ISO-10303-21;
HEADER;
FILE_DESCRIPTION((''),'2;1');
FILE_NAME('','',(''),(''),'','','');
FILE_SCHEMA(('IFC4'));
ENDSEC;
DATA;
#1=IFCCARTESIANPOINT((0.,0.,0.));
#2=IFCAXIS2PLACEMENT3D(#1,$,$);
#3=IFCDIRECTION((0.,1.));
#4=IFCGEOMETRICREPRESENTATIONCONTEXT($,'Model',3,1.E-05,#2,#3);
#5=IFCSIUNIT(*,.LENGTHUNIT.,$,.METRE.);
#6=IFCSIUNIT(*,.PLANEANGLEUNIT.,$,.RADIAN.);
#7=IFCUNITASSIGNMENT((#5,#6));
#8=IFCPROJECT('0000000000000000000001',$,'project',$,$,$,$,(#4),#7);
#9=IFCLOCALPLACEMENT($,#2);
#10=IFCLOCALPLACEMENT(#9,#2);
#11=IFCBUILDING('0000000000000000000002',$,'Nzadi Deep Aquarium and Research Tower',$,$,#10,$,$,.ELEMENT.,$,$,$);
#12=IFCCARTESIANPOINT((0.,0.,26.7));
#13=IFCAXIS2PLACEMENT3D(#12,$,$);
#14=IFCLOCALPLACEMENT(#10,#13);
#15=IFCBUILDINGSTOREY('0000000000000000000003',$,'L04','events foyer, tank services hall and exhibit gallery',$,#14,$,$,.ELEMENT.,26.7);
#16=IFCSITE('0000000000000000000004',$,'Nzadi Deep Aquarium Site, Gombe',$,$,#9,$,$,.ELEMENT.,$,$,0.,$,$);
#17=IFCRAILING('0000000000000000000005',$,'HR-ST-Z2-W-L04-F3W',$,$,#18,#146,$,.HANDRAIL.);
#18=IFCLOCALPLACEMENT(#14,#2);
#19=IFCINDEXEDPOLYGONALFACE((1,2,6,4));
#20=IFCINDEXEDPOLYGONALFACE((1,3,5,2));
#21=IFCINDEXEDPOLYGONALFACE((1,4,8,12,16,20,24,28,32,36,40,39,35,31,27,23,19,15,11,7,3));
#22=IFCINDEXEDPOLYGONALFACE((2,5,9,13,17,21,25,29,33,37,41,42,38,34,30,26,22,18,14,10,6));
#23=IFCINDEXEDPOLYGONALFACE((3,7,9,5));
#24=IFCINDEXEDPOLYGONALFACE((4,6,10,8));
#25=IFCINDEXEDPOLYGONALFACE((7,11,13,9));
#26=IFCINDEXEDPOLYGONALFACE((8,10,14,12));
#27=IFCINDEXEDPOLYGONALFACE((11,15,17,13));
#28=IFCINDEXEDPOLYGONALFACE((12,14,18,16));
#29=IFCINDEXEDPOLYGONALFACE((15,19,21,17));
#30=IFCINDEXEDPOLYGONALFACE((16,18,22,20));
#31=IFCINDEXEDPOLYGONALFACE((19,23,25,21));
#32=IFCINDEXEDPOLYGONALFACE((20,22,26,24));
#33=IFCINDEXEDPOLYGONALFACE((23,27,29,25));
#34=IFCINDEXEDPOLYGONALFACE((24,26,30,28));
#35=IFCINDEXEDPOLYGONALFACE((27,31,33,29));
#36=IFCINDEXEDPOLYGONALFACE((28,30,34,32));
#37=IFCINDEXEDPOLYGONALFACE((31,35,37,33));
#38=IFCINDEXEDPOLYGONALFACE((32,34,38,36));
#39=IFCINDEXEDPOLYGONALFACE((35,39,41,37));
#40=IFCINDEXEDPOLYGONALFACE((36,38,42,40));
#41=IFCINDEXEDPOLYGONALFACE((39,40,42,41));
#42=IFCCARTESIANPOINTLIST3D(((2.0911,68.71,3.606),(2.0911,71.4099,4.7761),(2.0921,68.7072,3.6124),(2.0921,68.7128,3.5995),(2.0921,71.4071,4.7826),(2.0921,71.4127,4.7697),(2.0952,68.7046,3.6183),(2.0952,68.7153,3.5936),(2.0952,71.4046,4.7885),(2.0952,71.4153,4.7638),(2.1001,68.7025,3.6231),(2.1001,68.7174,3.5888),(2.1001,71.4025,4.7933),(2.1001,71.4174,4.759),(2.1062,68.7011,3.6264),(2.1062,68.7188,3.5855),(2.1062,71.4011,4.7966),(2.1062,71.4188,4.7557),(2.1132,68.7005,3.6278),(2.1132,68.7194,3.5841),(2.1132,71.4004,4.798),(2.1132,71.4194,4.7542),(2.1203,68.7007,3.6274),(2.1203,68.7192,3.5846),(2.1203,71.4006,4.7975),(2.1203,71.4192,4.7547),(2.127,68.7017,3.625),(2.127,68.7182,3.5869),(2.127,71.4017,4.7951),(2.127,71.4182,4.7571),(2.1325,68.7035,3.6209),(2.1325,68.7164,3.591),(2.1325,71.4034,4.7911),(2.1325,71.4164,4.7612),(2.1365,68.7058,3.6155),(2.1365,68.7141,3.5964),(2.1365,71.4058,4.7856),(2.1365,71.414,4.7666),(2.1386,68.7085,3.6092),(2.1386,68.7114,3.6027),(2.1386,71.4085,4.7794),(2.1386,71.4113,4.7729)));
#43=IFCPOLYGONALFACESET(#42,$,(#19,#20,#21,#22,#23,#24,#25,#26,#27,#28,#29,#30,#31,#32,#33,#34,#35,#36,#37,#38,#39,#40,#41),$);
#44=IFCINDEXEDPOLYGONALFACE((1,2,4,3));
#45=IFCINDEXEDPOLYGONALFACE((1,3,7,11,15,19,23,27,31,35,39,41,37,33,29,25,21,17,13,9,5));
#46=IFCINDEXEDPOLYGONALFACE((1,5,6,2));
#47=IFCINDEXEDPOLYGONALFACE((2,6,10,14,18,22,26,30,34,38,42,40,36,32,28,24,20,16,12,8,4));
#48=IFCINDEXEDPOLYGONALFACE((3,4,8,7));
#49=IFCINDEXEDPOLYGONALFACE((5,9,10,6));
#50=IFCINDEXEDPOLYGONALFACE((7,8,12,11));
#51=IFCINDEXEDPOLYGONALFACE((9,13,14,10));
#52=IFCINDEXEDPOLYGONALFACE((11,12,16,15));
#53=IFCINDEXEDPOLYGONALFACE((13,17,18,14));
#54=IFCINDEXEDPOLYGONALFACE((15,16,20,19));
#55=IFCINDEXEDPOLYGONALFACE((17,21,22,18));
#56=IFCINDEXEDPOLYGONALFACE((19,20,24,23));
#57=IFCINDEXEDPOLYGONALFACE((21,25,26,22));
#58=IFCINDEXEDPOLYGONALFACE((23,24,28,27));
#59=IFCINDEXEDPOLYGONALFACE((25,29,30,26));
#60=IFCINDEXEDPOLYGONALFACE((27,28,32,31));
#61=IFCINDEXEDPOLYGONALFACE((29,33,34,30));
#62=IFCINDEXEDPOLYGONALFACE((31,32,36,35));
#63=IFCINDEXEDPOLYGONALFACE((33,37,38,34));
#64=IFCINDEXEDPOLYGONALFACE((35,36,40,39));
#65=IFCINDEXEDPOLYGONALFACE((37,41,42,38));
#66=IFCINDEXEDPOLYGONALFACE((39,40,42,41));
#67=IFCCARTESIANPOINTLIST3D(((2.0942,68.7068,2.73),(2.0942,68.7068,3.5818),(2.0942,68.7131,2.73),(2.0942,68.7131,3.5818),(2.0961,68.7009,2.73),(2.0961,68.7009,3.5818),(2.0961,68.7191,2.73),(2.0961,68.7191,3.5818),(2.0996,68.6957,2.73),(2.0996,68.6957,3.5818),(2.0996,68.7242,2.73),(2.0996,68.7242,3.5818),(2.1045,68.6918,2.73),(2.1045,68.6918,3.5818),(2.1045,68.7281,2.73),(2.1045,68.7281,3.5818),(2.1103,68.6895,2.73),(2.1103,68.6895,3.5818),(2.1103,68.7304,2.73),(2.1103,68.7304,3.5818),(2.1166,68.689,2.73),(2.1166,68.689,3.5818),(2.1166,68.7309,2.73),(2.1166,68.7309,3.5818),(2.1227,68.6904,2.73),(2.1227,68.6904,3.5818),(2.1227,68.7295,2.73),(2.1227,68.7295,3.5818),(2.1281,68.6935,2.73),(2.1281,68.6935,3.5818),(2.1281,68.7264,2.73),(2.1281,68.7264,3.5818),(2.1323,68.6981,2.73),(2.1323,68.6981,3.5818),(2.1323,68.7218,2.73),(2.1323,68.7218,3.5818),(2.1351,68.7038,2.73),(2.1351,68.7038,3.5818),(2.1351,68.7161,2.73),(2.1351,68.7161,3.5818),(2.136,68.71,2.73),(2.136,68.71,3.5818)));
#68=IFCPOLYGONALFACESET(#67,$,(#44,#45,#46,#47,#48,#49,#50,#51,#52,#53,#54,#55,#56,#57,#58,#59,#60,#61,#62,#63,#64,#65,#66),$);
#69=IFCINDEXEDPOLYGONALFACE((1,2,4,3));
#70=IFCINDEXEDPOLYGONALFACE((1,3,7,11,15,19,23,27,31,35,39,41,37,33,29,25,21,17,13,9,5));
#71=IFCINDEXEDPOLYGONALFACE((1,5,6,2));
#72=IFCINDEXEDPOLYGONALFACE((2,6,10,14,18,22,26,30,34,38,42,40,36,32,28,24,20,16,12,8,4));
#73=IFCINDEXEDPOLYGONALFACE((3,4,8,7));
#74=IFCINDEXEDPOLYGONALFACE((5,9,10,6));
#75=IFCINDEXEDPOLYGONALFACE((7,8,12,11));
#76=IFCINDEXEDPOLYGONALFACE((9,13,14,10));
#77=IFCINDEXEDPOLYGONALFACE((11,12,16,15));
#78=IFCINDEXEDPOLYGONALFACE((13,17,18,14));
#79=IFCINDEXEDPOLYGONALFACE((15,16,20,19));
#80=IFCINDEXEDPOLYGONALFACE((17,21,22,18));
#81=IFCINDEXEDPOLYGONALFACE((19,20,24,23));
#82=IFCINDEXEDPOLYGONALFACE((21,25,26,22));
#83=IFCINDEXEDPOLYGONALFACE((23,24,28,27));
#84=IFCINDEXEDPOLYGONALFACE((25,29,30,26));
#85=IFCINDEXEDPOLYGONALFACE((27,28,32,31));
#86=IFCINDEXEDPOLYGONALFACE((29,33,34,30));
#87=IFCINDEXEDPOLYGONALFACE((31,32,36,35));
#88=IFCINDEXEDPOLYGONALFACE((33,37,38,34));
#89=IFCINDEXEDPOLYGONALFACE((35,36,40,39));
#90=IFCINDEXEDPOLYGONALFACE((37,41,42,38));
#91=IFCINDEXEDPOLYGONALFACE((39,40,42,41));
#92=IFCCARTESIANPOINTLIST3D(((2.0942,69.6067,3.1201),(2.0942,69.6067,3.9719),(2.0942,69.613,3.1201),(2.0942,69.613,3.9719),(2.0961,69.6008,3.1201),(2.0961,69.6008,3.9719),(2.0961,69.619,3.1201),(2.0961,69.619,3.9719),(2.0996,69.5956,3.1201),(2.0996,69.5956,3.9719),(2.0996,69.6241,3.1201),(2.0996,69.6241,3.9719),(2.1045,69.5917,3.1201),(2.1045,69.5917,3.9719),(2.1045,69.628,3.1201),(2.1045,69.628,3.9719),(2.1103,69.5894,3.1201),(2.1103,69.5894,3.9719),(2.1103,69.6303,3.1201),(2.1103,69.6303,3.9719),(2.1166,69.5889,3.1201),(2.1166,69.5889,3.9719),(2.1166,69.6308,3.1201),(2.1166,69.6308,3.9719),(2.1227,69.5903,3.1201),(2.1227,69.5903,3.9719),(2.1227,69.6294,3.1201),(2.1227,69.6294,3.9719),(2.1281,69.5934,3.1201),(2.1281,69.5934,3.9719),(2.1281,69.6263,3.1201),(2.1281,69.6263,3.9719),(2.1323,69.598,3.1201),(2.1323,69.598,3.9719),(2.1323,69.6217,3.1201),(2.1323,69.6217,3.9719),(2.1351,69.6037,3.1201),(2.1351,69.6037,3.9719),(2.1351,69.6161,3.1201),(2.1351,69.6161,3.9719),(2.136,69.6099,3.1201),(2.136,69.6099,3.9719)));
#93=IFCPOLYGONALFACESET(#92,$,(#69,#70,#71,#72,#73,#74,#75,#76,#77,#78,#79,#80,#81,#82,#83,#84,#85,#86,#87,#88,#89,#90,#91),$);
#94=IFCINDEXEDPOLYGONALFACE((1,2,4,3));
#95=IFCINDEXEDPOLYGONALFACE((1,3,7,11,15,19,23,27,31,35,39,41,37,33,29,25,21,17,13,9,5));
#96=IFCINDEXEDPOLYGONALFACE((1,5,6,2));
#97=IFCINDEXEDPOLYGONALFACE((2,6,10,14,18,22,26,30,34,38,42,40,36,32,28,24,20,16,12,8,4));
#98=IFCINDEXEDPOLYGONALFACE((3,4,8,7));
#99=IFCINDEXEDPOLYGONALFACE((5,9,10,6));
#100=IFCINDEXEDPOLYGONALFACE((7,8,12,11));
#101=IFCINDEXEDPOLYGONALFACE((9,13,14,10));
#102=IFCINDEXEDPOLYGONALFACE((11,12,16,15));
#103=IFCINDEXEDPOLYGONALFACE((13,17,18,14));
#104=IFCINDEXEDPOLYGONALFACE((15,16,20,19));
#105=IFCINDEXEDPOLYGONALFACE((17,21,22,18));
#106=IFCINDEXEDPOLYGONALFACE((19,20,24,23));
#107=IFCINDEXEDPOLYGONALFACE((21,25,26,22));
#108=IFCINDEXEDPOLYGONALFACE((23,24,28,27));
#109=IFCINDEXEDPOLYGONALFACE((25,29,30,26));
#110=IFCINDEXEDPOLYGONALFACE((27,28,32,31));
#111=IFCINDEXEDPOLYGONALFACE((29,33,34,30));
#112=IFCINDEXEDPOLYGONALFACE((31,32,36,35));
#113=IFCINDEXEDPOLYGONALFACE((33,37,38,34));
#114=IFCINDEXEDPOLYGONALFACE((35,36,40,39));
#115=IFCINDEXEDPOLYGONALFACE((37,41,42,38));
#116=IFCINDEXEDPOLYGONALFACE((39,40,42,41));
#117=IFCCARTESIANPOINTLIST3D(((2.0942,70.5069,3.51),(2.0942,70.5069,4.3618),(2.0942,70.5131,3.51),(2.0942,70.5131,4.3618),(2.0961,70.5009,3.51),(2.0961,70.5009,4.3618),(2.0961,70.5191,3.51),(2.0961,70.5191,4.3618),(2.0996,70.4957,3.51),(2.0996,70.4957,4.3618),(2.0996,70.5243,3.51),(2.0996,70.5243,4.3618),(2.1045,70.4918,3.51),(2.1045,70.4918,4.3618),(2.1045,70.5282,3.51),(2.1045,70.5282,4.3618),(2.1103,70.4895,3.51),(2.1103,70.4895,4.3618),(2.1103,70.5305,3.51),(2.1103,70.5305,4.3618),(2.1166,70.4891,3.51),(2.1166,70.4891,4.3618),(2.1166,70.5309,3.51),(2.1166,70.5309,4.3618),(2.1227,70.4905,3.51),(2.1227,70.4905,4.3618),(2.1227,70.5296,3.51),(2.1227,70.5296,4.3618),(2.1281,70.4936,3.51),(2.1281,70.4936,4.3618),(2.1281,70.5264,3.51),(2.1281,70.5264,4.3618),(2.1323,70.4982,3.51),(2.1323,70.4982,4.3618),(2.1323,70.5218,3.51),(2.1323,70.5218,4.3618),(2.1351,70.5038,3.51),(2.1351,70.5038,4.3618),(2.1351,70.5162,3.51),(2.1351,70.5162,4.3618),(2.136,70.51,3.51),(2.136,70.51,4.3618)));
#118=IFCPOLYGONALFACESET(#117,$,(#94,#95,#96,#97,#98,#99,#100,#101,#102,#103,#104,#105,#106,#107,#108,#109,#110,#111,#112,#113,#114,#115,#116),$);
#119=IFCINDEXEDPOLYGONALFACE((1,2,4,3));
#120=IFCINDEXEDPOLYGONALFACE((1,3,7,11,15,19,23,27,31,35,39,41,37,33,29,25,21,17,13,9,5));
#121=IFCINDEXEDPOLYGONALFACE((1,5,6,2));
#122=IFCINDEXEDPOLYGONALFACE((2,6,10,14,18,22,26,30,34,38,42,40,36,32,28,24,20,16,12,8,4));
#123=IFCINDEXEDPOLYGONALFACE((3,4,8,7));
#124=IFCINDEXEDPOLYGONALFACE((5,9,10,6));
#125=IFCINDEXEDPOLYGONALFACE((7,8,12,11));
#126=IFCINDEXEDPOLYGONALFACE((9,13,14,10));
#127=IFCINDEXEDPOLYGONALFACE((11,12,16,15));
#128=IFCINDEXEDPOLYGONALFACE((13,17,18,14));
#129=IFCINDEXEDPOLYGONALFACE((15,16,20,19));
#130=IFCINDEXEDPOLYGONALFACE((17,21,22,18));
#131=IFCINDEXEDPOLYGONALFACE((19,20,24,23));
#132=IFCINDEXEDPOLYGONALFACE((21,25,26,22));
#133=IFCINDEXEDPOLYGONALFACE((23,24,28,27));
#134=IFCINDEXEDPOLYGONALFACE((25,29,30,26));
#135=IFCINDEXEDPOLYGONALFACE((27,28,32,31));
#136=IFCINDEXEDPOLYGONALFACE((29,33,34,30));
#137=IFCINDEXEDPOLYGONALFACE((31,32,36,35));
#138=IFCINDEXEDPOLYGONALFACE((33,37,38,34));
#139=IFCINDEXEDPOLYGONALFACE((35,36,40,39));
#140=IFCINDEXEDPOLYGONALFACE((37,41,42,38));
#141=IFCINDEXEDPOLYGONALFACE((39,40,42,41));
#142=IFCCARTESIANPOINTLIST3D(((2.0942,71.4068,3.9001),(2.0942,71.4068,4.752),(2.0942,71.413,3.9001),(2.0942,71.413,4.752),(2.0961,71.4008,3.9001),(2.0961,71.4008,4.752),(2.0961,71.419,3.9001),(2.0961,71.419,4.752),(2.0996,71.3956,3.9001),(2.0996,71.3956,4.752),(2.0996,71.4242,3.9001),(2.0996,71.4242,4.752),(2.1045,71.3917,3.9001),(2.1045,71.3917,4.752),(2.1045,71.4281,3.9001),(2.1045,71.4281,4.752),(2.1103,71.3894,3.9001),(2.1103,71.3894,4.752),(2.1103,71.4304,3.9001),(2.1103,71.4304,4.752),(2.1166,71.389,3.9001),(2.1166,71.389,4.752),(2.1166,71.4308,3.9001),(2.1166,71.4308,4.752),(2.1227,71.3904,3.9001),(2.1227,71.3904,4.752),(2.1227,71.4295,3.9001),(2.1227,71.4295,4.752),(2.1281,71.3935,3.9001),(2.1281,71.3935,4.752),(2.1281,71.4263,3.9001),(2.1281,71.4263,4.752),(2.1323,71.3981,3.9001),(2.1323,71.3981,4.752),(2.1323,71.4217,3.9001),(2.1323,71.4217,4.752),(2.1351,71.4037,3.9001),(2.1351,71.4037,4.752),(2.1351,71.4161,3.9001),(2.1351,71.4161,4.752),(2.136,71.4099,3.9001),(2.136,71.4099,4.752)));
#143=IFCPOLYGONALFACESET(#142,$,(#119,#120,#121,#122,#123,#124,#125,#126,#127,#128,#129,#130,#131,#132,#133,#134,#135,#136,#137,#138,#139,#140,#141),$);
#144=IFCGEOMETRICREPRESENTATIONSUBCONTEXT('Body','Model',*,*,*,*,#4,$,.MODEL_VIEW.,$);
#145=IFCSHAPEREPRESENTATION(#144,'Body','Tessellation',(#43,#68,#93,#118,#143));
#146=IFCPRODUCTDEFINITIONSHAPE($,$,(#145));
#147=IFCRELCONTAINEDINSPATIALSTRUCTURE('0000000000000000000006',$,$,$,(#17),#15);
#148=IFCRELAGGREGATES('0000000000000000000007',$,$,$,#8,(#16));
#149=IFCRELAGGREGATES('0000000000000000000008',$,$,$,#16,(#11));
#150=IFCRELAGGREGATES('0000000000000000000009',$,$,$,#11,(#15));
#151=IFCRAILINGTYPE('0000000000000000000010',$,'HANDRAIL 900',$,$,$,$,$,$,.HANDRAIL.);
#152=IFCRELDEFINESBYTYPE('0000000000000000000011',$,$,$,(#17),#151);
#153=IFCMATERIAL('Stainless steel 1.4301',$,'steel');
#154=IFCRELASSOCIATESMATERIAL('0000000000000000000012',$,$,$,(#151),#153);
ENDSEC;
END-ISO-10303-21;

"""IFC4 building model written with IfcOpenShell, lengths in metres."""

from ifc_helpers import new_model, si_unit, direction, frame, origin, origin_2d, place, context, subcontext, project, spatial, circle, extrude, material, type_object, element, save


model = new_model("IFC4")

# Units and contexts
model_context = context("Model", 3, precision=1e-05, world=origin(), true_north=direction((0.0, 1.0)))
body_context = subcontext(model_context, "Body", "Model", "MODEL_VIEW")
ifc_project = project(units=[si_unit("LENGTHUNIT", "METRE"), si_unit("PLANEANGLEUNIT", "RADIAN")], contexts=[model_context])

# Site, building, storey
site_placement = place(None, origin())
site = spatial("IfcSite", under=ifc_project, at=site_placement, Name="Nzadi Deep Aquarium Site, Gombe", CompositionType="ELEMENT", RefElevation=0.0)
building_placement = place(site_placement, origin())
building = spatial("IfcBuilding", under=site, at=building_placement, Name="Nzadi Deep Aquarium and Research Tower", CompositionType="ELEMENT")
storey_placement = place(building_placement, frame((0.0, 0.0, 26.7)))
storey = spatial("IfcBuildingStorey", under=building, at=storey_placement, Name="L04", Description="events foyer, tank services hall and exhibit gallery", CompositionType="ELEMENT", Elevation=26.7)

# Railing
ifc_material_1 = material(Name="Stainless steel 1.4301", Category="steel")
railing_type_1 = type_object("IfcRailingType", Name="HANDRAIL 900", PredefinedType="HANDRAIL", material=ifc_material_1)
railing_1_placement = place(storey_placement, frame((2.115, 68.71, 2.73)))
element("IfcRailing", 1, at=railing_1_placement, inside=storey, type_object=railing_type_1, Name="HR-ST-Z2-W-L04-F3W", PredefinedType="HANDRAIL", context=body_context, shape_type="SweptSolid", body=[
    extrude(circle(Radius=0.0239, at=origin_2d()), frame((0.0, 0.0, 0.876), z_axis=(0.0, 0.917532, 0.397661), x_axis=(-1.0, 0.0, 0.0)), (0.0, 0.0, 1.0), 2.9426),
    extrude(circle(Radius=0.021, at=origin_2d()), origin(), (0.0, 0.0, 1.0), 0.8518),
    extrude(circle(Radius=0.021, at=origin_2d()), frame((0.0, 0.8999, 0.3901)), (0.0, 0.0, 1.0), 0.8518),
    extrude(circle(Radius=0.021, at=origin_2d()), frame((0.0, 1.8, 0.78)), (0.0, 0.0, 1.0), 0.8518),
    extrude(circle(Radius=0.021, at=origin_2d()), frame((0.0, 2.7, 1.1702)), (0.0, 0.0, 1.0), 0.8518),
])

save(model, "model.ifc")
